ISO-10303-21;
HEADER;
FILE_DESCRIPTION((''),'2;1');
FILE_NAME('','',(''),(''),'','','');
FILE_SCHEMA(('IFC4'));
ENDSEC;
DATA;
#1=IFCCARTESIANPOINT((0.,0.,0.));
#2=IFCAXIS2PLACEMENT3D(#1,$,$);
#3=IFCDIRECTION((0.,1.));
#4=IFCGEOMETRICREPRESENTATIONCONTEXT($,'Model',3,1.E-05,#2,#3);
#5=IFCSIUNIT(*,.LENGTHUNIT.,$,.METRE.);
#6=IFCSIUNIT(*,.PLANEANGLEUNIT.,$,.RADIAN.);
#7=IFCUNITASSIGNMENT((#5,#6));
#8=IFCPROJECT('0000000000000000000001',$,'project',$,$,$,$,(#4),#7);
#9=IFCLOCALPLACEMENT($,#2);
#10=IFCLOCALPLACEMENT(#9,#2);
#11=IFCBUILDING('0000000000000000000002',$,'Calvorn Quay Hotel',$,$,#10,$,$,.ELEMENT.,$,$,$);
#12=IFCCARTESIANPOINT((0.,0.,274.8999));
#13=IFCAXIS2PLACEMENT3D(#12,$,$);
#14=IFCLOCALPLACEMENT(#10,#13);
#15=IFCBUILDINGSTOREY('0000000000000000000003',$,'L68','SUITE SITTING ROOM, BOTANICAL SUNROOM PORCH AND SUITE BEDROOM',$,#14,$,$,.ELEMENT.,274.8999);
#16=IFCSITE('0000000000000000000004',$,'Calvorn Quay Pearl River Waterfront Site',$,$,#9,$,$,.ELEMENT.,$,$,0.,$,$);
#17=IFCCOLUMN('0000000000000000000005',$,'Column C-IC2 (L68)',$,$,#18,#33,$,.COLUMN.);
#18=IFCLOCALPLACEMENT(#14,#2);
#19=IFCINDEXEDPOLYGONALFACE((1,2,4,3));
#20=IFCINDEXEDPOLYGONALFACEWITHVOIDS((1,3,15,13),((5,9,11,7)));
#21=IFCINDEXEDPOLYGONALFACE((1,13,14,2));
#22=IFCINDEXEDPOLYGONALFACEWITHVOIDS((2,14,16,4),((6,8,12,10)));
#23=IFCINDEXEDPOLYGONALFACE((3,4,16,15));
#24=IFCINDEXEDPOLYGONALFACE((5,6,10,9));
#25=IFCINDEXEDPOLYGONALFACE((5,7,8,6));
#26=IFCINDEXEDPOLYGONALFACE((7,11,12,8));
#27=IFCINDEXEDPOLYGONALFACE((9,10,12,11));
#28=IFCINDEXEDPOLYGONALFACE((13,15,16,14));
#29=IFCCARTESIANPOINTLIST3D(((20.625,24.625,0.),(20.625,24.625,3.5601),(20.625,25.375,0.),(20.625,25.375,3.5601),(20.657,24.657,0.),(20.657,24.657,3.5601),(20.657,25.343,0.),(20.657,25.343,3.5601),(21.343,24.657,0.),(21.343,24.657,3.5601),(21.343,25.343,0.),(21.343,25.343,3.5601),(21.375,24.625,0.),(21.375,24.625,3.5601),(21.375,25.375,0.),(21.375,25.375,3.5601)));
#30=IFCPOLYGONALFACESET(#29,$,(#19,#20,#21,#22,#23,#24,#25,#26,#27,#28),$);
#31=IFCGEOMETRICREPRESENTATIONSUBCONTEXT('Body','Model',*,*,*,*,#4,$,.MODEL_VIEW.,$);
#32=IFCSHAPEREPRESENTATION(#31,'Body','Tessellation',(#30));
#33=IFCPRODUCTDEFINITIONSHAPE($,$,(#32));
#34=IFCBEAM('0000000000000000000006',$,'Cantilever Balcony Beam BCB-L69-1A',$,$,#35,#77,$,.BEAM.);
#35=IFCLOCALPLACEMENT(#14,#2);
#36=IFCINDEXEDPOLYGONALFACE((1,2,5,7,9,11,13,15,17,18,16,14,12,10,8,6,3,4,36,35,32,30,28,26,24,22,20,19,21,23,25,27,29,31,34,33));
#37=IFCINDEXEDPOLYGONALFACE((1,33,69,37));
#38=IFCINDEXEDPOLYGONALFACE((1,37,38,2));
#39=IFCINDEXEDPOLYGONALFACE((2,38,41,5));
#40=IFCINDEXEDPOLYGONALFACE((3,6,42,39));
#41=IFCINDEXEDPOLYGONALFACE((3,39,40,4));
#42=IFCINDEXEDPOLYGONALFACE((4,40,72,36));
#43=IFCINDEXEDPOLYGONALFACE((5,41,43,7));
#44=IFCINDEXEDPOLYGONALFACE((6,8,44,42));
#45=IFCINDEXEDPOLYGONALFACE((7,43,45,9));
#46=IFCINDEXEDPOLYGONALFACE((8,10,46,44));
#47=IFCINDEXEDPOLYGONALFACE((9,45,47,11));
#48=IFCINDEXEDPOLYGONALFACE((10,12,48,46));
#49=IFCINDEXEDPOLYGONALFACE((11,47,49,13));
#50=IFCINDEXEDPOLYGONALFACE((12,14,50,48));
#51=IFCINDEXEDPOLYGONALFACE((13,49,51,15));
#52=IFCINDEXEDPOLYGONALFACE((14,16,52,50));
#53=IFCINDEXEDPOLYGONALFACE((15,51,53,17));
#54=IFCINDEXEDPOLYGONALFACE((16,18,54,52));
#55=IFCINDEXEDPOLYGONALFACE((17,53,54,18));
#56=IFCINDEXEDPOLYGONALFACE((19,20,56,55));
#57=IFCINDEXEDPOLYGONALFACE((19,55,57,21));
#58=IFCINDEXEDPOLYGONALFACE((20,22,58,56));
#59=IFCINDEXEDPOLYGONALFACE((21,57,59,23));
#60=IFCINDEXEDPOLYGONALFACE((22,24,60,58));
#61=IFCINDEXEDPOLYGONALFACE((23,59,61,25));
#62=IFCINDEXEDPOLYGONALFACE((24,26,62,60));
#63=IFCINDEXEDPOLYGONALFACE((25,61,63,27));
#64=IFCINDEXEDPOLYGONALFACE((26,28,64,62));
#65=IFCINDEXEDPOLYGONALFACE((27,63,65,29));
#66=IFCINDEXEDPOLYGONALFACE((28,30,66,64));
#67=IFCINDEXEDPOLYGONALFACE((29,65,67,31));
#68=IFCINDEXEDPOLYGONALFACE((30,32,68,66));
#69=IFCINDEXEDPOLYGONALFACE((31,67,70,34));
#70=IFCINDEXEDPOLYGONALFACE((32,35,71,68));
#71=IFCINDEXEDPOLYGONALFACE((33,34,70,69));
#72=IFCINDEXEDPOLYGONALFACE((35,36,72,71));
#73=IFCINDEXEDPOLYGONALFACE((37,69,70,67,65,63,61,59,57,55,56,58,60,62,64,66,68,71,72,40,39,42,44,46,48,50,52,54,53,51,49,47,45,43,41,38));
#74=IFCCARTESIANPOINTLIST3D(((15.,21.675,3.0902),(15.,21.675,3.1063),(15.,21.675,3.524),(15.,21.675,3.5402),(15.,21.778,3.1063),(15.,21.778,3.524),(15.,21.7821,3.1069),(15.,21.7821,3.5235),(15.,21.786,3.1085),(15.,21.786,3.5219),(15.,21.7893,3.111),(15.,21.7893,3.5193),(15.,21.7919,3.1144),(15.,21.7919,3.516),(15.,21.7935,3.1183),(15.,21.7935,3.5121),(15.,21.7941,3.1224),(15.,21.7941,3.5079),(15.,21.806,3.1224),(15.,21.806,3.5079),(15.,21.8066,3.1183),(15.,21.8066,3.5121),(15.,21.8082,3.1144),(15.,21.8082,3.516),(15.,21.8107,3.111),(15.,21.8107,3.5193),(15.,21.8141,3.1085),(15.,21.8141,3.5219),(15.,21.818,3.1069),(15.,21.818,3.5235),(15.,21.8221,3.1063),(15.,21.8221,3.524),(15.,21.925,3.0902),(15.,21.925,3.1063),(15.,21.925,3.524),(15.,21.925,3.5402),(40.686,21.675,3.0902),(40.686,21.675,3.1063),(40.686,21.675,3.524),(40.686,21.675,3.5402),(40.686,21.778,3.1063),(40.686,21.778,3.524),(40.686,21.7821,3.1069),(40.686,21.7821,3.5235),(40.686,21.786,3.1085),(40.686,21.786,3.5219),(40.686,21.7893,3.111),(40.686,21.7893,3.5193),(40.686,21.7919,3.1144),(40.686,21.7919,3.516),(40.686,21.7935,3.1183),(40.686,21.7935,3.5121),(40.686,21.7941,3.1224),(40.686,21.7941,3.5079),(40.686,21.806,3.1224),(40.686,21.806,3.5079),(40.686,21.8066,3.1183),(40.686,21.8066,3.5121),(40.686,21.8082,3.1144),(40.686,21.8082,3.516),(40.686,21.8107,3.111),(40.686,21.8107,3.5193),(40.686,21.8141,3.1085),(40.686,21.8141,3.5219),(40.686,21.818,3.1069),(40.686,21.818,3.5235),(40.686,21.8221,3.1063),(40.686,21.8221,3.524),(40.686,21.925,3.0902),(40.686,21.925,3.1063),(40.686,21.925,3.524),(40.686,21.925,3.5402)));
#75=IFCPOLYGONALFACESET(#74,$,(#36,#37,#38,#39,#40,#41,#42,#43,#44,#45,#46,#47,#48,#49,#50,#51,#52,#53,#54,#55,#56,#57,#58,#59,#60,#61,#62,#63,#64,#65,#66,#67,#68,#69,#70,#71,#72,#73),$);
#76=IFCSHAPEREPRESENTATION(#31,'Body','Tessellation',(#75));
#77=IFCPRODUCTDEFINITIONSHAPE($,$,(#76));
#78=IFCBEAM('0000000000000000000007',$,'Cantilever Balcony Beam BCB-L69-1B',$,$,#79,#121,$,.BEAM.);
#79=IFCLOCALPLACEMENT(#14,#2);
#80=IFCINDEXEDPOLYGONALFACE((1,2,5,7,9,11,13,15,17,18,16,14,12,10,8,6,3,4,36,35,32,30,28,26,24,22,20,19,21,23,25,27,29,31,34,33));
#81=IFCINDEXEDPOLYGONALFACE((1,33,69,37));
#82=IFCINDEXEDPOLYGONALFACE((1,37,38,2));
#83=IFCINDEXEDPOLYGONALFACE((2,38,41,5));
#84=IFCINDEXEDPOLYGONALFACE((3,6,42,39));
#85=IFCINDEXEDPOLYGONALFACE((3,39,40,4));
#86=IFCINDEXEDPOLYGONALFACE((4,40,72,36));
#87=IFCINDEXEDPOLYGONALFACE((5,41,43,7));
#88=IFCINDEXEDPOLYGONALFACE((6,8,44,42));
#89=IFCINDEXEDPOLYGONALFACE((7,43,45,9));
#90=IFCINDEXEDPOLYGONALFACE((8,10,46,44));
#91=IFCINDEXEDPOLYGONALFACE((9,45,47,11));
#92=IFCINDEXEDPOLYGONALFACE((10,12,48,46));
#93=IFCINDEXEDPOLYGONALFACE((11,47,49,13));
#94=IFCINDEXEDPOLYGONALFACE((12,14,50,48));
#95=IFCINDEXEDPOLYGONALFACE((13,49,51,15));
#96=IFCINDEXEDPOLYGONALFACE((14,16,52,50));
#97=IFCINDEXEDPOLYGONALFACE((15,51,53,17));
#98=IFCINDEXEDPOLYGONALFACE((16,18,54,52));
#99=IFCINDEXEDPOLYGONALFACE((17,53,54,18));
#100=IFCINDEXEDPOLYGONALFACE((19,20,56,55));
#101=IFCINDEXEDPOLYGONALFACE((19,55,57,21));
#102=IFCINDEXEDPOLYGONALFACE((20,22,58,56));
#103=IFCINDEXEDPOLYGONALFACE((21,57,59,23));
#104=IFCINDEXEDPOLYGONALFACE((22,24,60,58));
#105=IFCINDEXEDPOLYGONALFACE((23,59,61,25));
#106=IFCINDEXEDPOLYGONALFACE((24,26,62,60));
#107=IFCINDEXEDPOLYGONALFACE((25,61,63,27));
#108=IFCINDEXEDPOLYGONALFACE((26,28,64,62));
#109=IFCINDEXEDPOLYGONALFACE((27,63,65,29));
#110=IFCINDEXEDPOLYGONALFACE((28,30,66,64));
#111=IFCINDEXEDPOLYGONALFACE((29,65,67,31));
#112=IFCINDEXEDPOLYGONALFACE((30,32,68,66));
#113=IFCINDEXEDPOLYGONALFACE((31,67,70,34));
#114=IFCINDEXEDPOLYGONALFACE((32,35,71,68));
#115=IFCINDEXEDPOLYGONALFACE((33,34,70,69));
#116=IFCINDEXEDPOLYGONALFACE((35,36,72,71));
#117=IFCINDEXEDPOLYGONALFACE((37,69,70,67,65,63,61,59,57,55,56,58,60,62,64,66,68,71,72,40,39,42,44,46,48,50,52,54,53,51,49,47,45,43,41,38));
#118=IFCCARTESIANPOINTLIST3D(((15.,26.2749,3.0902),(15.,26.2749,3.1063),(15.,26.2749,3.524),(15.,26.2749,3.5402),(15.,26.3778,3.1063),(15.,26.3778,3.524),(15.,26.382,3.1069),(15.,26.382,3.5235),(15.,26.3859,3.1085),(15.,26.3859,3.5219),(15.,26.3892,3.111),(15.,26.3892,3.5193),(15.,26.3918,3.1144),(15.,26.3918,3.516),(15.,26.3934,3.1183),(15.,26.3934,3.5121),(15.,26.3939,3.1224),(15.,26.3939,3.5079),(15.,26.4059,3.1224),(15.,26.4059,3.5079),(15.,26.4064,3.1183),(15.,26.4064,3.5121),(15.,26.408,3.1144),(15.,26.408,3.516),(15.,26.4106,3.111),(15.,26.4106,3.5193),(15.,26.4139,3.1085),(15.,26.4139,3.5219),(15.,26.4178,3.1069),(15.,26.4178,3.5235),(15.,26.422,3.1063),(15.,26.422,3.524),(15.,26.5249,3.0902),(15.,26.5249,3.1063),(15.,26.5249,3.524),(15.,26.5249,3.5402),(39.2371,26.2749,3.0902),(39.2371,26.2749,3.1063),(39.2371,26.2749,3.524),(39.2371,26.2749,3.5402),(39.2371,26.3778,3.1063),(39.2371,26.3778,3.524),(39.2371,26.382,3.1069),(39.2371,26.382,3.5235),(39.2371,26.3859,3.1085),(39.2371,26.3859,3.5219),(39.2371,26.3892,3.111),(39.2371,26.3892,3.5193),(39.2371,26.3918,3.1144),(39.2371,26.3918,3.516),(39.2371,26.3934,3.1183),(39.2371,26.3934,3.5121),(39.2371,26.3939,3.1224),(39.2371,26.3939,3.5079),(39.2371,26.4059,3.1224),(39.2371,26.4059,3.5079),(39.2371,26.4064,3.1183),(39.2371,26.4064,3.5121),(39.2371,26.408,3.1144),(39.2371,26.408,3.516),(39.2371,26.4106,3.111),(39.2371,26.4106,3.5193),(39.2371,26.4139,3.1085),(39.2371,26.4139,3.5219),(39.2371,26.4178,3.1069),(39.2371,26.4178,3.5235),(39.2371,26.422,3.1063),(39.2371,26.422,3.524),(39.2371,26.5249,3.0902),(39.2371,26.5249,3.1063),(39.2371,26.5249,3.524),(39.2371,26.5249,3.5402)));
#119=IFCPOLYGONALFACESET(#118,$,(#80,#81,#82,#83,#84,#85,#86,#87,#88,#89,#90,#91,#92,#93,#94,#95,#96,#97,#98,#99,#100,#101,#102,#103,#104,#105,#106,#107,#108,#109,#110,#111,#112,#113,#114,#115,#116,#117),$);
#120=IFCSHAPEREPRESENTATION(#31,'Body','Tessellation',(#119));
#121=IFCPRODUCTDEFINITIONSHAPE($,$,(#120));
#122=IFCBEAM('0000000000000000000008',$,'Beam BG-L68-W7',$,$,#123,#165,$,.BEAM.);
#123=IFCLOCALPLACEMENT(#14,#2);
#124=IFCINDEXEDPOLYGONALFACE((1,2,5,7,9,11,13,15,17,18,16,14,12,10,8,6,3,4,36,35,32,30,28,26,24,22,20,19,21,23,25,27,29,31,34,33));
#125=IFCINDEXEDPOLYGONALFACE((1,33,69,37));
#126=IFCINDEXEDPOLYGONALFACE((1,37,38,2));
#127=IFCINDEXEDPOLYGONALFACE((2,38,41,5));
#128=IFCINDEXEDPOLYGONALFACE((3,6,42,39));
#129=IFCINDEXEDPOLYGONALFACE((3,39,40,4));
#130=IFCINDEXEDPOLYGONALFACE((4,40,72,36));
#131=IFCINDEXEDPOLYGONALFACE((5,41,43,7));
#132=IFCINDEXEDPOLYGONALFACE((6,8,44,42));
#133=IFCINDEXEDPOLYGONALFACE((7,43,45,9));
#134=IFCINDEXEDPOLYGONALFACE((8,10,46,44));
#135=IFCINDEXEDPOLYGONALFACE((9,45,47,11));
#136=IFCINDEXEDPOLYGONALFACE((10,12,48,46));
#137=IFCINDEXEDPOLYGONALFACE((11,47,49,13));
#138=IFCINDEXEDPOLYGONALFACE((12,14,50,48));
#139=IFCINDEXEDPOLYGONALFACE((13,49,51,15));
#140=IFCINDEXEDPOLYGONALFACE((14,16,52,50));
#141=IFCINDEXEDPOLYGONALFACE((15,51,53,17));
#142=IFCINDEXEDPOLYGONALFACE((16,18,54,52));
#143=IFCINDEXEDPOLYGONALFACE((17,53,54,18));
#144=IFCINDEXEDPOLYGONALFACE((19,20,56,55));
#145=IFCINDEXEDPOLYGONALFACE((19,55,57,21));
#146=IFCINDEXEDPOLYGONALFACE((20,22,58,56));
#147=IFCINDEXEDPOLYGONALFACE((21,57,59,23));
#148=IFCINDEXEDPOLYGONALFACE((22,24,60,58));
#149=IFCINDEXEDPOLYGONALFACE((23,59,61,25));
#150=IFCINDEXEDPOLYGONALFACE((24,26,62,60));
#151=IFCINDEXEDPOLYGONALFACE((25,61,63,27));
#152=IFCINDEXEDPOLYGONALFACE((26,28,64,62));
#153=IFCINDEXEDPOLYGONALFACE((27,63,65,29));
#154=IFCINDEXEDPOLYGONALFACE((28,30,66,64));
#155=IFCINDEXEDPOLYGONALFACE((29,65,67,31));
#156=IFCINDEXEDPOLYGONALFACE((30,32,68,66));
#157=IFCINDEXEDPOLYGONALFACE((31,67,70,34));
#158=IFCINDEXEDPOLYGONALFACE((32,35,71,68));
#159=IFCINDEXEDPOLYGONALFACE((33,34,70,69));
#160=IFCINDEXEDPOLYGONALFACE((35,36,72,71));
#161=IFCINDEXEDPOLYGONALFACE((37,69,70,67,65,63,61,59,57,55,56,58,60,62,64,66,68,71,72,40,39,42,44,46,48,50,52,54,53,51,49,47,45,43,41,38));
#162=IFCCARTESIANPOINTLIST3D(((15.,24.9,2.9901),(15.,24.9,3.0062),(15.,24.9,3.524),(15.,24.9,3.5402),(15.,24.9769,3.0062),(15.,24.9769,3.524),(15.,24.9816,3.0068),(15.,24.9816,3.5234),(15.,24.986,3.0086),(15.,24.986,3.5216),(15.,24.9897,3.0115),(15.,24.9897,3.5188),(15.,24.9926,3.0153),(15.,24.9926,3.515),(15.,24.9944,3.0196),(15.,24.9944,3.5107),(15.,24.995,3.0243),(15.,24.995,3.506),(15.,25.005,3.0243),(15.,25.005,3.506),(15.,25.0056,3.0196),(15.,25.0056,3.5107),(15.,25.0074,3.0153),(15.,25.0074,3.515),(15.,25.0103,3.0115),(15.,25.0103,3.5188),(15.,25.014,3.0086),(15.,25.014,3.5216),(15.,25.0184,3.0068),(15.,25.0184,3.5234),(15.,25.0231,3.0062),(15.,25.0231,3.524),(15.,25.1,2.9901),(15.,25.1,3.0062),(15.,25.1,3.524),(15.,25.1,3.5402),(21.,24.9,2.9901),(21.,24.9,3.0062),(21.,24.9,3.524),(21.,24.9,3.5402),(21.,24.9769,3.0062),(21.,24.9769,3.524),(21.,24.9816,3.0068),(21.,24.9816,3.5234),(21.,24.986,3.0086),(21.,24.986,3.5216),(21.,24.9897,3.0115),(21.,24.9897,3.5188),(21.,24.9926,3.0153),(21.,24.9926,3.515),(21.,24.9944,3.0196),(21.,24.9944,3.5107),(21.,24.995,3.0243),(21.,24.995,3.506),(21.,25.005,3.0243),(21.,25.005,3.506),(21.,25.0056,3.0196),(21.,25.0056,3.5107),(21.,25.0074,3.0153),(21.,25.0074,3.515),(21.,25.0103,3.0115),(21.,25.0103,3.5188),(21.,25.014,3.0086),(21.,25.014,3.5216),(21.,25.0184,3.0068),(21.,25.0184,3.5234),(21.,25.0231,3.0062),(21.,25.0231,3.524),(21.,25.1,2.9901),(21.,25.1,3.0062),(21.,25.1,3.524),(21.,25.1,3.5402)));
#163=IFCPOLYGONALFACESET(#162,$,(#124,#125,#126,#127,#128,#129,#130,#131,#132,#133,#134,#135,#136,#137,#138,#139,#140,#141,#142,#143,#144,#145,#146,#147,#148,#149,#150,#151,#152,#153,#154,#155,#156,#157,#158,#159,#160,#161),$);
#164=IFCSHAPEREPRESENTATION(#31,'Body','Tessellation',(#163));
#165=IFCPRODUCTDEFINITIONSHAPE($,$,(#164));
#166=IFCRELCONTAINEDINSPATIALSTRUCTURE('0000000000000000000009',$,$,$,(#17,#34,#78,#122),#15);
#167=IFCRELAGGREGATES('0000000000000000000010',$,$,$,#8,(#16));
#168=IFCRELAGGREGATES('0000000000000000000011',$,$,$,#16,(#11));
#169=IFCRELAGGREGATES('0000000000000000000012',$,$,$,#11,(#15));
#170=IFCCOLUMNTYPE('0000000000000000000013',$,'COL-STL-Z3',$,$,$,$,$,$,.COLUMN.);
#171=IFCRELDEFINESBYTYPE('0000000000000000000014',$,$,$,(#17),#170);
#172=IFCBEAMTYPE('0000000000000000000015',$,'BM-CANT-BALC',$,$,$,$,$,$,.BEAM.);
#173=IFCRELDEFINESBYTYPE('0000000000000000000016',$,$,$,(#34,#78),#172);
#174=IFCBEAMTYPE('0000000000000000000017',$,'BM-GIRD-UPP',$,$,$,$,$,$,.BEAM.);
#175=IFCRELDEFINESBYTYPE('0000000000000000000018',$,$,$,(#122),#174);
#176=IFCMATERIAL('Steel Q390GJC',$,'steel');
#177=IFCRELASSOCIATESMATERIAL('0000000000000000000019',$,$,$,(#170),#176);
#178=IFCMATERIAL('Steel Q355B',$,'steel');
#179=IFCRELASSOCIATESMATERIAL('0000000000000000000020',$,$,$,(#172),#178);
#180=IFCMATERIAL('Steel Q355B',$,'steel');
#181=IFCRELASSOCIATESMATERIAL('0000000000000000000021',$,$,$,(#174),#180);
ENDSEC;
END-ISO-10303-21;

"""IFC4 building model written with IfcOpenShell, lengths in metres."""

from ifc_helpers import new_model, si_unit, direction, frame, origin, origin_2d, place, context, subcontext, project, spatial, hollow_rectangle, i_section, extrude, material, material_profile, profile_set, type_object, element, save


model = new_model("IFC4")

# Units and contexts
model_context = context("Model", 3, precision=1e-05, world=origin(), true_north=direction((0.0, 1.0)))
body_context = subcontext(model_context, "Body", "Model", "MODEL_VIEW")
ifc_project = project(units=[si_unit("LENGTHUNIT", "METRE"), si_unit("PLANEANGLEUNIT", "RADIAN")], contexts=[model_context])

# Site, building, storey
site_placement = place(None, origin())
site = spatial("IfcSite", under=ifc_project, at=site_placement, Name="Calvorn Quay Pearl River Waterfront Site", CompositionType="ELEMENT", RefElevation=0.0)
building_placement = place(site_placement, origin())
building = spatial("IfcBuilding", under=site, at=building_placement, Name="Calvorn Quay Hotel", CompositionType="ELEMENT")
storey_placement = place(building_placement, frame((0.0, 0.0, 274.8999)))
storey = spatial("IfcBuildingStorey", under=building, at=storey_placement, Name="L68", Description="SUITE SITTING ROOM, BOTANICAL SUNROOM PORCH AND SUITE BEDROOM", CompositionType="ELEMENT", Elevation=274.8999)

# Column
ifc_material_1 = material(Name="Steel Q390GJC", Category="steel")
ifc_material_profile_1 = material_profile(ifc_material_1, hollow_rectangle(XDim=0.75, YDim=0.75, WallThickness=0.032, at=origin_2d()), Name="BOX750x750x32")
ifc_profile_set_1 = profile_set([ifc_material_profile_1], Name="Steel Q390GJC")
column_type = type_object("IfcColumnType", Name="COL-STL-Z3", PredefinedType="COLUMN", material=ifc_profile_set_1)
column_placement = place(storey_placement, frame((21.0, 25.0, 0.0), z_axis=(0.0, 0.0, 1.0), x_axis=(1.0, 0.0, 0.0)))
element("IfcColumn", 1, at=column_placement, inside=storey, type_object=column_type, Name="Column C-IC2 (L68)", PredefinedType="COLUMN", context=body_context, shape_type="SweptSolid", body=[
    extrude(hollow_rectangle(XDim=0.75, YDim=0.75, WallThickness=0.032, at=origin_2d()), origin(), (0.0, 0.0, 1.0), 3.5601),
])

# Beams
ifc_material_2 = material(Name="Steel Q355B", Category="steel")
ifc_material_profile_2 = material_profile(ifc_material_2, i_section(OverallWidth=0.25, OverallDepth=0.45, WebThickness=0.012, FlangeThickness=0.0161, FilletRadius=0.0161, at=origin_2d()), Name="HN450x250x12x16")
ifc_profile_set_2 = profile_set([ifc_material_profile_2], Name="Steel Q355B")
beam_type_1 = type_object("IfcBeamType", Name="BM-CANT-BALC", PredefinedType="BEAM", material=ifc_profile_set_2)
beam_1_placement = place(storey_placement, frame((15.0, 21.8, 3.3152), z_axis=(1.0, 0.0, 0.0), x_axis=(0.0, 1.0, 0.0)))
element("IfcBeam", 2, at=beam_1_placement, inside=storey, type_object=beam_type_1, Name="Cantilever Balcony Beam BCB-L69-1A", PredefinedType="BEAM", context=body_context, shape_type="SweptSolid", body=[
    extrude(i_section(OverallWidth=0.25, OverallDepth=0.45, WebThickness=0.012, FlangeThickness=0.0161, FilletRadius=0.0161, at=origin_2d()), origin(), (0.0, 0.0, 1.0), 25.686),
])
beam_2_placement = place(storey_placement, frame((15.0, 26.3999, 3.3152), z_axis=(1.0, 0.0, 0.0), x_axis=(0.0, 1.0, 0.0)))
element("IfcBeam", 3, at=beam_2_placement, inside=storey, type_object=beam_type_1, Name="Cantilever Balcony Beam BCB-L69-1B", PredefinedType="BEAM", context=body_context, shape_type="SweptSolid", body=[
    extrude(i_section(OverallWidth=0.25, OverallDepth=0.45, WebThickness=0.012, FlangeThickness=0.0161, FilletRadius=0.0161, at=origin_2d()), origin(), (0.0, 0.0, 1.0), 24.2371),
])
ifc_material_3 = material(Name="Steel Q355B", Category="steel")
ifc_material_profile_3 = material_profile(ifc_material_3, i_section(OverallWidth=0.2, OverallDepth=0.55, WebThickness=0.01, FlangeThickness=0.0161, FilletRadius=0.0181, at=origin_2d()), Name="HN550x200x10x16")
ifc_profile_set_3 = profile_set([ifc_material_profile_3], Name="Steel Q355B")
beam_type_2 = type_object("IfcBeamType", Name="BM-GIRD-UPP", PredefinedType="BEAM", material=ifc_profile_set_3)
beam_3_placement = place(storey_placement, frame((21.0, 25.0, 3.2651), z_axis=(-1.0, 0.0, 0.0), x_axis=(0.0, -1.0, 0.0)))
element("IfcBeam", 4, at=beam_3_placement, inside=storey, type_object=beam_type_2, Name="Beam BG-L68-W7", PredefinedType="BEAM", context=body_context, shape_type="SweptSolid", body=[
    extrude(i_section(OverallWidth=0.2, OverallDepth=0.55, WebThickness=0.01, FlangeThickness=0.0161, FilletRadius=0.0181, at=origin_2d()), origin(), (0.0, 0.0, 1.0), 6.0),
])

save(model, "model.ifc")
